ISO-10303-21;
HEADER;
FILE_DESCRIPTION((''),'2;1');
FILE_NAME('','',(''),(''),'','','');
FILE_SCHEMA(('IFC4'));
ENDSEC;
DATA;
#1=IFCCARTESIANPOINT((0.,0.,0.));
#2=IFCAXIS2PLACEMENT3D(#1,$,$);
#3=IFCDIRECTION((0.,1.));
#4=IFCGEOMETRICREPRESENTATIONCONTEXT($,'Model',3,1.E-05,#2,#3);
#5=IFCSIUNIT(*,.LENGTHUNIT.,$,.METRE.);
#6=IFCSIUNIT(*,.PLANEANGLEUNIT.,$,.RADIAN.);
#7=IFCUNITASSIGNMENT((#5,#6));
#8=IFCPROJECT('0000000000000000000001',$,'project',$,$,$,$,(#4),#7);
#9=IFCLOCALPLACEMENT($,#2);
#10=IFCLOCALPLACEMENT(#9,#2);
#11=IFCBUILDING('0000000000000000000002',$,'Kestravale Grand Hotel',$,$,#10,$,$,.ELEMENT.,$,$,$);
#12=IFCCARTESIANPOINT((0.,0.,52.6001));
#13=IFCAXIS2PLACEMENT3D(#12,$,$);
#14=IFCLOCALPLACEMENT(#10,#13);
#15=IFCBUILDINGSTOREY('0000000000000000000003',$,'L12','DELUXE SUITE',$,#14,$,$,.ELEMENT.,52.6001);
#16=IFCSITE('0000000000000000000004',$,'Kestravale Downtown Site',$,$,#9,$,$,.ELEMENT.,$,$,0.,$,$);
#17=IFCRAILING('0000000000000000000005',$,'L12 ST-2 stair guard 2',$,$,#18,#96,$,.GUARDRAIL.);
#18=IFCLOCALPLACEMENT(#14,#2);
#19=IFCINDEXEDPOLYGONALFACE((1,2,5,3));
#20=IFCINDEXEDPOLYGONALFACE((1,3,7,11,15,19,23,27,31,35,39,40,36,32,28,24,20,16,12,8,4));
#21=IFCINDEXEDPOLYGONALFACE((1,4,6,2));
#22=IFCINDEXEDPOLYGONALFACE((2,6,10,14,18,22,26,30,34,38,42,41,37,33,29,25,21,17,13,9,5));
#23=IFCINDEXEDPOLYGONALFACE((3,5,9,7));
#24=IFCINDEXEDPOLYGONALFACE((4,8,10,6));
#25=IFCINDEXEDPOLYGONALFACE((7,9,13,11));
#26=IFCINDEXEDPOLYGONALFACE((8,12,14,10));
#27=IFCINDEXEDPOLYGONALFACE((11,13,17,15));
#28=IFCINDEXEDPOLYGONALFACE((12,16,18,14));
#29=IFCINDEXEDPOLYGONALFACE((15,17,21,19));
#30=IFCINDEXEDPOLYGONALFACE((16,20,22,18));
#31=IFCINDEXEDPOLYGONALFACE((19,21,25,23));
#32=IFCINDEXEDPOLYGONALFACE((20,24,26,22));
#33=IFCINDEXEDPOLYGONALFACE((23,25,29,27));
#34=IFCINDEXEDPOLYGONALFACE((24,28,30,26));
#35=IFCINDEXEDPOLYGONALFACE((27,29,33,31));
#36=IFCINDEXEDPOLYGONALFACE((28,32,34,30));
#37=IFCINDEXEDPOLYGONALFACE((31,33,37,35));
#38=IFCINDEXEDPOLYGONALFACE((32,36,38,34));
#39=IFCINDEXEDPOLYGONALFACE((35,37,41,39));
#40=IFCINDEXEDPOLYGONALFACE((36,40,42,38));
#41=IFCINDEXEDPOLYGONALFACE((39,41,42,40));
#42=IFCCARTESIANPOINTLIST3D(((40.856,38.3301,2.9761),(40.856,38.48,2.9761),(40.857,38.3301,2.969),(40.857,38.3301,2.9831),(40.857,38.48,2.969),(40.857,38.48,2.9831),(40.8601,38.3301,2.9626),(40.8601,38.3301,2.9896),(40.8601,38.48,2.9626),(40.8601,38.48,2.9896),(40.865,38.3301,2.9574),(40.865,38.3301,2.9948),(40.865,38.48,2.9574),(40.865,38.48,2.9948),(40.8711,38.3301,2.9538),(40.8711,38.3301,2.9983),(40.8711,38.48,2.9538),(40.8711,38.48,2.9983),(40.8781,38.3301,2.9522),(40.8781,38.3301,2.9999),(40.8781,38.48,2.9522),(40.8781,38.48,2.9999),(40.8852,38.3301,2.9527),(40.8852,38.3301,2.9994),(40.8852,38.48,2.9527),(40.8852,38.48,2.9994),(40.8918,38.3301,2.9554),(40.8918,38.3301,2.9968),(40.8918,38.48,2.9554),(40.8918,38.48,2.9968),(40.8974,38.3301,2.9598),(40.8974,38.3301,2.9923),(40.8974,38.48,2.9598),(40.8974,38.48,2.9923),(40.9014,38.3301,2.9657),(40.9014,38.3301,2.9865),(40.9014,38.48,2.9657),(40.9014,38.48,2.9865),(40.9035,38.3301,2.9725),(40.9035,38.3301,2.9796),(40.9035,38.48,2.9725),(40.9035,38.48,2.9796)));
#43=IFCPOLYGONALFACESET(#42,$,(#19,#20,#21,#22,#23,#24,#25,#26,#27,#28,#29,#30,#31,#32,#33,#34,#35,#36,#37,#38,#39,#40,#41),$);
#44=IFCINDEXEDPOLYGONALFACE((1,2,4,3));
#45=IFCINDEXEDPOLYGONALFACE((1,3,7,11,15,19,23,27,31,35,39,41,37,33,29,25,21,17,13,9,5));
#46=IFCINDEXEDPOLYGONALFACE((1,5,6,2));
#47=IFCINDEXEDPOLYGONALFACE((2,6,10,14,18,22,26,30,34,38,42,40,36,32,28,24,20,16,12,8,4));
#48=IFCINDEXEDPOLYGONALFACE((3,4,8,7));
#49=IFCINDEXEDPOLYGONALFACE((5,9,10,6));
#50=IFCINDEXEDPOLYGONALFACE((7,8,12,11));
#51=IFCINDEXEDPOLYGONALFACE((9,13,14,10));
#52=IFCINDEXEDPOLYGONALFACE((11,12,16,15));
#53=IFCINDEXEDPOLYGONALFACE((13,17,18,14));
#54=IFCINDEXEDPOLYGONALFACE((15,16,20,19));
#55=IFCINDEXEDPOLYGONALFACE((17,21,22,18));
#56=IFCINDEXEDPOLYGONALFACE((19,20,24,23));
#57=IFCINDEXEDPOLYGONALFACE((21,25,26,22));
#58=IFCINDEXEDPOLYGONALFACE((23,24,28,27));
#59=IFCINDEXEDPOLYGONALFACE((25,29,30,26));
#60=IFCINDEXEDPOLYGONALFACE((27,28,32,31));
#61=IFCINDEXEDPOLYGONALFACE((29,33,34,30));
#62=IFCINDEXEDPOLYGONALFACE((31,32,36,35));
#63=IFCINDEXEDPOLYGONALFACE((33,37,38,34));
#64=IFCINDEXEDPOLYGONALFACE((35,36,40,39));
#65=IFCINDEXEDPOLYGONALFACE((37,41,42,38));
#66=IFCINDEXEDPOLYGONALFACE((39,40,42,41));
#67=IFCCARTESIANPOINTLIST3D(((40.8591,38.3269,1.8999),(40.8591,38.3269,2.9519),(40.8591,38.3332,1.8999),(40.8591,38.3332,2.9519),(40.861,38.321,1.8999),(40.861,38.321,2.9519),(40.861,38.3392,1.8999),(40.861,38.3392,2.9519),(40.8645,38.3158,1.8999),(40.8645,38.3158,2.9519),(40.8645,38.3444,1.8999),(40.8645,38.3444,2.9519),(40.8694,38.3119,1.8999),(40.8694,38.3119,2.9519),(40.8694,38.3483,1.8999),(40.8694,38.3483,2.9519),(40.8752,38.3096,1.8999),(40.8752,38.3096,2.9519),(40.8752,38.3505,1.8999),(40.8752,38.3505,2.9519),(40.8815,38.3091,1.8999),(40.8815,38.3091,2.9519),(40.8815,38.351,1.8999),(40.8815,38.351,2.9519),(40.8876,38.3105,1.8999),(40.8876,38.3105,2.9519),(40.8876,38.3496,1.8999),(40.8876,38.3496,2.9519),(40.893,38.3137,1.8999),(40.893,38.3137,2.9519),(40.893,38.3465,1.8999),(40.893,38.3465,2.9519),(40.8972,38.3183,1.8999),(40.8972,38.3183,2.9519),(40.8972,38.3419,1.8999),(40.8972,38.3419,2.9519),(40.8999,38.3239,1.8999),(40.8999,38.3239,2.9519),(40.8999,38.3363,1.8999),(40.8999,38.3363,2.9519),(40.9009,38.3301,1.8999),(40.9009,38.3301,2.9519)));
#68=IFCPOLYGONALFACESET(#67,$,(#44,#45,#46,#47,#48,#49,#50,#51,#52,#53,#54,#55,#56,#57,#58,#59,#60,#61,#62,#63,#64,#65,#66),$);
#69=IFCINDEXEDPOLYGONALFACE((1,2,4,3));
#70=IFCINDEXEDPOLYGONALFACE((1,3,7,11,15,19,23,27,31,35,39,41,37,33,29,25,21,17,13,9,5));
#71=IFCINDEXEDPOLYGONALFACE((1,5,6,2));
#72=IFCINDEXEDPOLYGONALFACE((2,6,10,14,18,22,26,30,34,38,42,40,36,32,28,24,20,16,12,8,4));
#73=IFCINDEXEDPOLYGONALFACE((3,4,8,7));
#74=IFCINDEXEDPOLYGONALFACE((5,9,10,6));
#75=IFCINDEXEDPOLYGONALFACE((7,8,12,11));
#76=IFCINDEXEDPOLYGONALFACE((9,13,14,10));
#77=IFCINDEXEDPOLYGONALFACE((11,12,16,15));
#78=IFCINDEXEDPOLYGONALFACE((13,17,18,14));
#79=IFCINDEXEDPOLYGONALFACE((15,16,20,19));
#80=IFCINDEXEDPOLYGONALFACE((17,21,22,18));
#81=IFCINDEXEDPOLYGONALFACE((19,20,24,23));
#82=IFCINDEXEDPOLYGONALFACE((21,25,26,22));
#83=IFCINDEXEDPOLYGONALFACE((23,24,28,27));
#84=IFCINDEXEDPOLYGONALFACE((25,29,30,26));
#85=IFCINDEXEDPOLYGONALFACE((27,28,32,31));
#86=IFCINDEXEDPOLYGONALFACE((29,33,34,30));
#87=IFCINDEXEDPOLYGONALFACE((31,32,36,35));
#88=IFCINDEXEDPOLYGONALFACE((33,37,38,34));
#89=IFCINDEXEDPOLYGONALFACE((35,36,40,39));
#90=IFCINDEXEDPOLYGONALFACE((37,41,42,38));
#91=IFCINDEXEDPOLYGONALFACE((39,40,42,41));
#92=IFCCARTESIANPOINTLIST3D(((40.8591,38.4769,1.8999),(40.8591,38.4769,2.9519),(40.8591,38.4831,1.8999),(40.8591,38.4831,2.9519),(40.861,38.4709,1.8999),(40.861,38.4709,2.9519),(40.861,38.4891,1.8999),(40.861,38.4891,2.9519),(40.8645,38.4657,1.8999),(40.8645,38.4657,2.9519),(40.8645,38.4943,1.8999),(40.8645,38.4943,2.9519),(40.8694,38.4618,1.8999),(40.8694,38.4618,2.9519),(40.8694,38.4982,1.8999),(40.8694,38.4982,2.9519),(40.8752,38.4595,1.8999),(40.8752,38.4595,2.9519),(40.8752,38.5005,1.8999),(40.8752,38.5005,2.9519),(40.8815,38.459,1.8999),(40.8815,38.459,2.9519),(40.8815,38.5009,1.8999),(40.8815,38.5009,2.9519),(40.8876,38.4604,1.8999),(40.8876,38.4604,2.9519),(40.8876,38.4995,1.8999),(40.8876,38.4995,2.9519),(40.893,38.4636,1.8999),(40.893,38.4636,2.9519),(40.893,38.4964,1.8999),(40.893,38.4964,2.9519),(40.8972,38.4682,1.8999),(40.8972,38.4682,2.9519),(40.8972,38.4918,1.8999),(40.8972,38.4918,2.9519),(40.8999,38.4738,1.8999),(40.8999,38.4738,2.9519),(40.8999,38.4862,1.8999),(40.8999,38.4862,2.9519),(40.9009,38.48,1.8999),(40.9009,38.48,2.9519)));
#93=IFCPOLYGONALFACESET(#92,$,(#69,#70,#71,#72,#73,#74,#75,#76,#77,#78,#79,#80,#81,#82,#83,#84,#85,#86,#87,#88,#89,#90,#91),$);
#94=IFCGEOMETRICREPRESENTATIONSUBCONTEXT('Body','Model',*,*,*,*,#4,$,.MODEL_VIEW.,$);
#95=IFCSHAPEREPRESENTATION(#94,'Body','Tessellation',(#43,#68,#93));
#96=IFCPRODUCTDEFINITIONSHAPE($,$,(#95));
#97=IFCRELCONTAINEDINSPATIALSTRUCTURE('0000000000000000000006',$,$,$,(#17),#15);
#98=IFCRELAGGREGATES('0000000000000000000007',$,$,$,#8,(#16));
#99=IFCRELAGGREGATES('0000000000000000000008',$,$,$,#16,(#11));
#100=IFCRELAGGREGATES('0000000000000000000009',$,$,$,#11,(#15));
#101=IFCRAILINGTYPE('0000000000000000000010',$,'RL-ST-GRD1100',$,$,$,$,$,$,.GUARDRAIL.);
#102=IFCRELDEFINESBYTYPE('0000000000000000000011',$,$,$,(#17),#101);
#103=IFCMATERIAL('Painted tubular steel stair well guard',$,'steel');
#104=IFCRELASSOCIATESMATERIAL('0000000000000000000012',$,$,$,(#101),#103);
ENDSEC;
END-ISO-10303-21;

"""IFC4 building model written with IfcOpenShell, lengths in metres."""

from ifc_helpers import new_model, si_unit, direction, frame, origin, origin_2d, place, context, subcontext, project, spatial, circle, extrude, material, type_object, element, save


model = new_model("IFC4")

# Units and contexts
model_context = context("Model", 3, precision=1e-05, world=origin(), true_north=direction((0.0, 1.0)))
body_context = subcontext(model_context, "Body", "Model", "MODEL_VIEW")
ifc_project = project(units=[si_unit("LENGTHUNIT", "METRE"), si_unit("PLANEANGLEUNIT", "RADIAN")], contexts=[model_context])

# Site, building, storey
site_placement = place(None, origin())
site = spatial("IfcSite", under=ifc_project, at=site_placement, Name="Kestravale Downtown Site", CompositionType="ELEMENT", RefElevation=0.0)
building_placement = place(site_placement, origin())
building = spatial("IfcBuilding", under=site, at=building_placement, Name="Kestravale Grand Hotel", CompositionType="ELEMENT")
storey_placement = place(building_placement, frame((0.0, 0.0, 52.6001)))
storey = spatial("IfcBuildingStorey", under=building, at=storey_placement, Name="L12", Description="DELUXE SUITE", CompositionType="ELEMENT", Elevation=52.6001)

# Railing
ifc_material_1 = material(Name="Painted tubular steel stair well guard", Category="steel")
railing_type_1 = type_object("IfcRailingType", Name="RL-ST-GRD1100", PredefinedType="GUARDRAIL", material=ifc_material_1)
railing_1_placement = place(storey_placement, frame((40.8799, 38.3301, 1.8999)))
element("IfcRailing", 1, at=railing_1_placement, inside=storey, type_object=railing_type_1, Name="L12 ST-2 stair guard 2", PredefinedType="GUARDRAIL", context=body_context, shape_type="SweptSolid", body=[
    extrude(circle(Radius=0.0239, at=origin_2d()), frame((0.0, 0.0, 1.0762), z_axis=(0.0, 1.0, 0.0), x_axis=(-1.0, 0.0, 0.0)), (0.0, 0.0, 1.0), 0.1499),
    extrude(circle(Radius=0.021, at=origin_2d()), origin(), (0.0, 0.0, 1.0), 1.052),
    extrude(circle(Radius=0.021, at=origin_2d()), frame((0.0, 0.1499, 0.0)), (0.0, 0.0, 1.0), 1.052),
])

save(model, "model.ifc")
